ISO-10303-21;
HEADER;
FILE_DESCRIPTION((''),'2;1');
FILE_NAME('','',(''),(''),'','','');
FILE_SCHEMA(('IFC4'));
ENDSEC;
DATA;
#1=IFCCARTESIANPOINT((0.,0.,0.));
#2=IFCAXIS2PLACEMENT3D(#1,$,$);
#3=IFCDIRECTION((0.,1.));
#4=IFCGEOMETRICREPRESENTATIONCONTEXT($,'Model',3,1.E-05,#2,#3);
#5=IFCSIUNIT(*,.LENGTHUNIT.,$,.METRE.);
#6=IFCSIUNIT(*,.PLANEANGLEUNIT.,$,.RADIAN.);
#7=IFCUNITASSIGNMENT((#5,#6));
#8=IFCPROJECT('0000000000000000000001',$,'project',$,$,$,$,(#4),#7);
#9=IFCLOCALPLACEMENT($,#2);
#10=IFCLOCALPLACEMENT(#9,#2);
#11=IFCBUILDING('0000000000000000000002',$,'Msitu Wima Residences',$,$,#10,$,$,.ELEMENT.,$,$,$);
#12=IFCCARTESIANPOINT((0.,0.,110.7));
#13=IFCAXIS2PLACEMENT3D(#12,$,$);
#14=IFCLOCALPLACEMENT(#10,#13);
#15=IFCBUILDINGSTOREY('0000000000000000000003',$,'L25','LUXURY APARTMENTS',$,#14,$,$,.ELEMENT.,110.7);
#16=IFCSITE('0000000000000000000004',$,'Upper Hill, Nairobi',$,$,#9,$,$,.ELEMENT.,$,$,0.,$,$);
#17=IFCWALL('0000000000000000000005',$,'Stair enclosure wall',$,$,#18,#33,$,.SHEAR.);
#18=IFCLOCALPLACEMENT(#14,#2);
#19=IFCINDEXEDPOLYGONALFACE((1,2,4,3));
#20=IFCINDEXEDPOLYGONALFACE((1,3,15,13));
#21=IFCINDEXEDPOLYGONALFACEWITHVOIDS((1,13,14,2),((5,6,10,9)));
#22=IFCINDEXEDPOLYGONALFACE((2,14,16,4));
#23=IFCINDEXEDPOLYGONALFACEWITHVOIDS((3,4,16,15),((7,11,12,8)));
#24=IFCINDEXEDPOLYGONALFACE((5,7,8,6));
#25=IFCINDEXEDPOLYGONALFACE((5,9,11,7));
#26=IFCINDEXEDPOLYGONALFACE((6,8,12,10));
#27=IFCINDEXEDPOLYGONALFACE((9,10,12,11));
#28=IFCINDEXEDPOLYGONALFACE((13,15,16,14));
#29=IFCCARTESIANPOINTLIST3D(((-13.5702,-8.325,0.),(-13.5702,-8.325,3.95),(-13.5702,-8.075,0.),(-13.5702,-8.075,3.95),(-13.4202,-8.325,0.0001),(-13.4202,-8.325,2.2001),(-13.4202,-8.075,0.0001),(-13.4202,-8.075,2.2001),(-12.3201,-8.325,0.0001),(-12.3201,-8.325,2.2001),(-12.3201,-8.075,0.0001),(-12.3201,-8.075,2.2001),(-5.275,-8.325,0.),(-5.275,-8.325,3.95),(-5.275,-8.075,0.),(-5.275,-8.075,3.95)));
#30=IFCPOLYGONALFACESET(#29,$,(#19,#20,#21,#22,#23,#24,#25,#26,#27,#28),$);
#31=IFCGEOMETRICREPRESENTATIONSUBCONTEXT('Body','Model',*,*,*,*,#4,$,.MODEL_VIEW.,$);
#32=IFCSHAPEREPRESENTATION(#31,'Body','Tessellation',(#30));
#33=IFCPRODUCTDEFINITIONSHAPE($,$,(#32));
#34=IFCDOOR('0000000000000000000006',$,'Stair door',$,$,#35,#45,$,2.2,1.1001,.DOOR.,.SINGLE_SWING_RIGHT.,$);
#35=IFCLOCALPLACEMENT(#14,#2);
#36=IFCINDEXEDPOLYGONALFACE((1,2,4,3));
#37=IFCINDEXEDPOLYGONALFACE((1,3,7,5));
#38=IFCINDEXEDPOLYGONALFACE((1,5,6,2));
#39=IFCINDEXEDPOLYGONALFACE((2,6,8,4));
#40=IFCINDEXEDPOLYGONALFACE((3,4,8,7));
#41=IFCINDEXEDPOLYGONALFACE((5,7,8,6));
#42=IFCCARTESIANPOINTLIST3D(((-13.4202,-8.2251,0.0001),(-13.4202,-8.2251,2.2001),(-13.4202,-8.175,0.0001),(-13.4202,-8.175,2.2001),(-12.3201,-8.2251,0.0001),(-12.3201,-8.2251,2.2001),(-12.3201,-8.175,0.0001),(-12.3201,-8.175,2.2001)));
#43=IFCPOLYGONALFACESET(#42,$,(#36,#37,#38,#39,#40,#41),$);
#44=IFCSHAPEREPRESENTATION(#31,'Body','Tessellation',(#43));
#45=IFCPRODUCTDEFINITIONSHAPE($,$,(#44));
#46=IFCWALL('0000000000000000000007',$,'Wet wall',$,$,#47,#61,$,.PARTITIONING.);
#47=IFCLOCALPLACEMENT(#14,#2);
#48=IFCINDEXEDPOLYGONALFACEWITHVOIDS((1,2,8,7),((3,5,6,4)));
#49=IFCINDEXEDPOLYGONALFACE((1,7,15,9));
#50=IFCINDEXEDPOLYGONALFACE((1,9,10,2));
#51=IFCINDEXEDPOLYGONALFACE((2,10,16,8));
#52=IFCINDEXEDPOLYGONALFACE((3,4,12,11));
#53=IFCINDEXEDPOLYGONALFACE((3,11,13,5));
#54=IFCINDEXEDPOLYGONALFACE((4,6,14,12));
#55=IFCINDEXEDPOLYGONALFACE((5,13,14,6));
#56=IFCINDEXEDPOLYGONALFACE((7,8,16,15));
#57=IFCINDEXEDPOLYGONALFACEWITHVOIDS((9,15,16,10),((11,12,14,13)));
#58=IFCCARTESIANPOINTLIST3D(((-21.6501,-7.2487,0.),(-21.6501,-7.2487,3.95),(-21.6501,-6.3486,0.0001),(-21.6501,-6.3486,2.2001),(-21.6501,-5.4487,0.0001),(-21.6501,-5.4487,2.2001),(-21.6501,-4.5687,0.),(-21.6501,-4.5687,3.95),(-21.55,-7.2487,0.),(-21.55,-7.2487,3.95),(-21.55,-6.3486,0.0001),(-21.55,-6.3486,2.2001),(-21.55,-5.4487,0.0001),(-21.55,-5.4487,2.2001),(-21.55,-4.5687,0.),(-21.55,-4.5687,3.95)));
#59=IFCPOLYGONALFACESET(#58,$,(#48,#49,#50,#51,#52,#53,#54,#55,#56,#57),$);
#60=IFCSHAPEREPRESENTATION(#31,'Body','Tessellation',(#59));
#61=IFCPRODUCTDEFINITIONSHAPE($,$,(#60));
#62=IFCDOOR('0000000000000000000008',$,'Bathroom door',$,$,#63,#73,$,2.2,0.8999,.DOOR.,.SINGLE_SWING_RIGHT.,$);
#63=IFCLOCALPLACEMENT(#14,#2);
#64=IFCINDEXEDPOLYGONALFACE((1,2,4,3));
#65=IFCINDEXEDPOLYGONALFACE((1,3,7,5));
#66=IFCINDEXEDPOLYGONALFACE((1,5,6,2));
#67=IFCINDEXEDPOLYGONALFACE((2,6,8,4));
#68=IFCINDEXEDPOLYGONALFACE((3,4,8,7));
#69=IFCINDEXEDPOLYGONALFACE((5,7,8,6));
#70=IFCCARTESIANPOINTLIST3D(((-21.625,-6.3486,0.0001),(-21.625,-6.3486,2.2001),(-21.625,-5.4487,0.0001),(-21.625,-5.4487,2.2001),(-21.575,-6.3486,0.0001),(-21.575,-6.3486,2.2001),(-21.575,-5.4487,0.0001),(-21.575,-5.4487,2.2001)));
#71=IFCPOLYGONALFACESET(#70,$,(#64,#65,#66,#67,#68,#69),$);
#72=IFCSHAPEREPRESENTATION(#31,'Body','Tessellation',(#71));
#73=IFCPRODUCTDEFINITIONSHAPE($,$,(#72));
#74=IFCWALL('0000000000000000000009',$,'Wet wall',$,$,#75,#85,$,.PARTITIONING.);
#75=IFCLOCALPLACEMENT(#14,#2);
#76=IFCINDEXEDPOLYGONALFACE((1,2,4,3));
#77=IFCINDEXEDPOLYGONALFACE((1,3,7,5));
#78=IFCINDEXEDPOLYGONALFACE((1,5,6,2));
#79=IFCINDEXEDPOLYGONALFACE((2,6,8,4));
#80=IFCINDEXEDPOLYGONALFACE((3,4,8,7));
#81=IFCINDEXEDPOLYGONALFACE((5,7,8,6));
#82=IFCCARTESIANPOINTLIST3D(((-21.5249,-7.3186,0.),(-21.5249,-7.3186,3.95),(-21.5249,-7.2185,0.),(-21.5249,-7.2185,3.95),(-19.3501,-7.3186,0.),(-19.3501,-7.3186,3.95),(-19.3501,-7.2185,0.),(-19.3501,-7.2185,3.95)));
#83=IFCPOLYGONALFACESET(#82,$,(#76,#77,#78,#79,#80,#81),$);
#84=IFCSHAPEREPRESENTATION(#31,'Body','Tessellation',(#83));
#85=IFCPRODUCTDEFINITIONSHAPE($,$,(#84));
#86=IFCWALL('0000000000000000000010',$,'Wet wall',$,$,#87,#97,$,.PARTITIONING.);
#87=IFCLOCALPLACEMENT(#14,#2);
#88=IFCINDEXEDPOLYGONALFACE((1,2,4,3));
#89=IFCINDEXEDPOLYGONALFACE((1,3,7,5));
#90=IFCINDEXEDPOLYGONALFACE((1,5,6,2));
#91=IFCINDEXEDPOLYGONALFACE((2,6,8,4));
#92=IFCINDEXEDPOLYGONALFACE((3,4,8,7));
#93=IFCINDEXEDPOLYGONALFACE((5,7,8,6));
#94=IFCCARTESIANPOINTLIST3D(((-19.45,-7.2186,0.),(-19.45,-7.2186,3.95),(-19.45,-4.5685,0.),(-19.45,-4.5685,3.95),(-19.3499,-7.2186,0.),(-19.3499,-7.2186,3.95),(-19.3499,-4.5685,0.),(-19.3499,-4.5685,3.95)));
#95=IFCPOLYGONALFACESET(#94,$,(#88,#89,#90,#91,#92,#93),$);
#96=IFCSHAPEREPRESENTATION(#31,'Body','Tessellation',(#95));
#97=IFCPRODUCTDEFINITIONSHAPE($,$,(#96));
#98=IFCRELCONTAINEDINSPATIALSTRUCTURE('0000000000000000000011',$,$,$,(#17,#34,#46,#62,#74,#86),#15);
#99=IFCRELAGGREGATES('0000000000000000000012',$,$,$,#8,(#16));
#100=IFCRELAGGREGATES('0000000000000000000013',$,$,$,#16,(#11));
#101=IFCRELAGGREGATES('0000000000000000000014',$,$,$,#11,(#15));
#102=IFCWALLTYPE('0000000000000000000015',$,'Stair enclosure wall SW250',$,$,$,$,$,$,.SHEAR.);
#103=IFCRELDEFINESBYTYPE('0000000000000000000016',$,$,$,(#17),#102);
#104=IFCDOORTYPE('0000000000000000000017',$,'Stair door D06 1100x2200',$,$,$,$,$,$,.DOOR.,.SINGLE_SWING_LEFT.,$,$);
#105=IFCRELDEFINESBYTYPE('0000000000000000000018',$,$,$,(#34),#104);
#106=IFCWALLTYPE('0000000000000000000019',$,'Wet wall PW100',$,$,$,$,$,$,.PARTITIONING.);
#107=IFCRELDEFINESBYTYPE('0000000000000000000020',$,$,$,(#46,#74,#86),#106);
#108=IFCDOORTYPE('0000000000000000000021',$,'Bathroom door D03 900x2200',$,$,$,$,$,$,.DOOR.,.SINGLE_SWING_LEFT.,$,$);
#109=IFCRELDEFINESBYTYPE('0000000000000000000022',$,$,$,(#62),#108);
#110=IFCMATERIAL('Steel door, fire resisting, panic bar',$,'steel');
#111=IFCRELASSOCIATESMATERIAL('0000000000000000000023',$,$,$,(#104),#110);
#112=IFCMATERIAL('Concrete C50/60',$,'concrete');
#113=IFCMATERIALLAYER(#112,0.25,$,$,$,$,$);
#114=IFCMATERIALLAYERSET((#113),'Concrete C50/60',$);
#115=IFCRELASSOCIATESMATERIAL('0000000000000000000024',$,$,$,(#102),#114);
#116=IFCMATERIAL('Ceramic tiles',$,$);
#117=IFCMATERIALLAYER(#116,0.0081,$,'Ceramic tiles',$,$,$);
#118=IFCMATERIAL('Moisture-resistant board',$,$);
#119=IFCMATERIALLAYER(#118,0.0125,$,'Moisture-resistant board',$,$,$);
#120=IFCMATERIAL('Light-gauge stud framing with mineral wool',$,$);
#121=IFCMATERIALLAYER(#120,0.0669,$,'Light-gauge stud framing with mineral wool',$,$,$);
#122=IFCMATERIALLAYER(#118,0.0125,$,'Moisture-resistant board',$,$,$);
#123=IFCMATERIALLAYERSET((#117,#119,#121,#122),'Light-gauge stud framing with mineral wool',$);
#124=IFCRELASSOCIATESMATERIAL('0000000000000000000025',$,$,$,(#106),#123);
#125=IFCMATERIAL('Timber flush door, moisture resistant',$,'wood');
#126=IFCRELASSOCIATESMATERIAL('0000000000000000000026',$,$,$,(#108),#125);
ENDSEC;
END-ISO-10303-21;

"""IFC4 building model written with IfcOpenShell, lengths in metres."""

from ifc_helpers import new_model, si_unit, direction, frame, frame_2d, origin, place, context, subcontext, project, spatial, rectangle, extrude, material, layer, layer_set, type_object, element, fill, save


model = new_model("IFC4")

# Units and contexts
model_context = context("Model", 3, precision=1e-05, world=origin(), true_north=direction((0.0, 1.0)))
body_context = subcontext(model_context, "Body", "Model", "MODEL_VIEW")
ifc_project = project(units=[si_unit("LENGTHUNIT", "METRE"), si_unit("PLANEANGLEUNIT", "RADIAN")], contexts=[model_context])

# Site, building, storey
site_placement = place(None, origin())
site = spatial("IfcSite", under=ifc_project, at=site_placement, Name="Upper Hill, Nairobi", CompositionType="ELEMENT", RefElevation=0.0)
building_placement = place(site_placement, origin())
building = spatial("IfcBuilding", under=site, at=building_placement, Name="Msitu Wima Residences", CompositionType="ELEMENT")
storey_placement = place(building_placement, frame((0.0, 0.0, 110.7)))
storey = spatial("IfcBuildingStorey", under=building, at=storey_placement, Name="L25", Description="LUXURY APARTMENTS", CompositionType="ELEMENT", Elevation=110.7)

# Shared definitions
ifc_material_1 = material(Name="Concrete C50/60", Category="concrete")

# Shared definitions
ifc_material_2 = material(Name="Steel door, fire resisting, panic bar", Category="steel")
door_type_1 = type_object("IfcDoorType", Name="Stair door D06 1100x2200", OperationType="SINGLE_SWING_LEFT", PredefinedType="DOOR", material=ifc_material_2)

# Walls, openings, doors
ifc_layer_1 = layer(ifc_material_1, 0.25)
ifc_layer_set_1 = layer_set([ifc_layer_1], Name="Concrete C50/60")
wall_type_1 = type_object("IfcWallType", Name="Stair enclosure wall SW250", PredefinedType="SHEAR", material=ifc_layer_set_1)
wall_1_placement = place(storey_placement, frame((-13.5701, -8.2, 0.0), z_axis=(0.0, 0.0, 1.0), x_axis=(1.0, 0.0, 0.0)))
wall_1 = element("IfcWall", 1, at=wall_1_placement, inside=storey, type_object=wall_type_1, Name="Stair enclosure wall", PredefinedType="SHEAR", context=body_context, shape_type="SweptSolid", body=[
    extrude(rectangle(XDim=8.2952, YDim=0.25, at=frame_2d((4.1475, 0.0))), origin(), (0.0, 0.0, 1.0), 3.95),
])
opening_1_placement = place(wall_1_placement, frame((0.1499, 0.0, 0.0)))
opening_1 = element("IfcOpeningElement", 2, at=opening_1_placement, cuts=wall_1, PredefinedType="OPENING", context=body_context, shape_type="SweptSolid", body=[
    extrude(rectangle(XDim=1.1001, YDim=2.2, at=frame_2d((0.55, 1.1001))), frame((0.0, 0.135, 0.0), z_axis=(0.0, -1.0, 0.0), x_axis=(1.0, 0.0, 0.0)), (0.0, 0.0, 1.0), 0.27),
])
door_1_placement = place(opening_1_placement, origin())
door_1 = element("IfcDoor", 3, at=door_1_placement, inside=storey, type_object=door_type_1, Name="Stair door", OperationType="SINGLE_SWING_RIGHT", OverallHeight=2.2, OverallWidth=1.1001, PredefinedType="DOOR", context=body_context, shape_type="SweptSolid", body=[
    extrude(rectangle(XDim=1.1001, YDim=2.2, at=frame_2d((0.55, 1.1001))), frame((0.0, 0.0249, 0.0), z_axis=(0.0, -1.0, 0.0), x_axis=(1.0, 0.0, 0.0)), (0.0, 0.0, 1.0), 0.05),
])
fill(opening_1, door_1)
ifc_material_3 = material(Name="Ceramic tiles")
ifc_layer_2 = layer(ifc_material_3, 0.0081, Name="Ceramic tiles")
ifc_material_4 = material(Name="Moisture-resistant board")
ifc_layer_3 = layer(ifc_material_4, 0.0125, Name="Moisture-resistant board")
ifc_material_5 = material(Name="Light-gauge stud framing with mineral wool")
ifc_layer_4 = layer(ifc_material_5, 0.0669, Name="Light-gauge stud framing with mineral wool")
ifc_layer_5 = layer(ifc_material_4, 0.0125, Name="Moisture-resistant board")
ifc_layer_set_2 = layer_set([ifc_layer_2, ifc_layer_3, ifc_layer_4, ifc_layer_5], Name="Light-gauge stud framing with mineral wool")
wall_type_2 = type_object("IfcWallType", Name="Wet wall PW100", PredefinedType="PARTITIONING", material=ifc_layer_set_2)
wall_2_placement = place(storey_placement, frame((-21.6001, -7.2485, 0.0), z_axis=(0.0, 0.0, 1.0), x_axis=(0.0, 1.0, 0.0)))
wall_2 = element("IfcWall", 4, at=wall_2_placement, inside=storey, type_object=wall_type_2, Name="Wet wall", PredefinedType="PARTITIONING", context=body_context, shape_type="SweptSolid", body=[
    extrude(rectangle(XDim=2.6799, YDim=0.1001, at=frame_2d((1.3398, 0.0))), origin(), (0.0, 0.0, 1.0), 3.95),
])
opening_2_placement = place(wall_2_placement, frame((0.8999, 0.0, 0.0)))
opening_2 = element("IfcOpeningElement", 5, at=opening_2_placement, cuts=wall_2, PredefinedType="OPENING", context=body_context, shape_type="SweptSolid", body=[
    extrude(rectangle(XDim=0.8999, YDim=2.2, at=frame_2d((0.45, 1.1001))), frame((0.0, 0.0601, 0.0), z_axis=(0.0, -1.0, 0.0), x_axis=(1.0, 0.0, 0.0)), (0.0, 0.0, 1.0), 0.1201),
])
ifc_material_6 = material(Name="Timber flush door, moisture resistant", Category="wood")
door_type_2 = type_object("IfcDoorType", Name="Bathroom door D03 900x2200", OperationType="SINGLE_SWING_LEFT", PredefinedType="DOOR", material=ifc_material_6)
door_2_placement = place(opening_2_placement, origin())
door_2 = element("IfcDoor", 6, at=door_2_placement, inside=storey, type_object=door_type_2, Name="Bathroom door", OperationType="SINGLE_SWING_RIGHT", OverallHeight=2.2, OverallWidth=0.8999, PredefinedType="DOOR", context=body_context, shape_type="SweptSolid", body=[
    extrude(rectangle(XDim=0.8999, YDim=2.2, at=frame_2d((0.45, 1.1001))), frame((0.0, 0.0249, 0.0), z_axis=(0.0, -1.0, 0.0), x_axis=(1.0, 0.0, 0.0)), (0.0, 0.0, 1.0), 0.05),
])
fill(opening_2, door_2)

# Walls
wall_3_placement = place(storey_placement, frame((-21.5249, -7.2686, 0.0), z_axis=(0.0, 0.0, 1.0), x_axis=(1.0, 0.0, 0.0)))
element("IfcWall", 7, at=wall_3_placement, inside=storey, type_object=wall_type_2, Name="Wet wall", PredefinedType="PARTITIONING", context=body_context, shape_type="SweptSolid", body=[
    extrude(rectangle(XDim=2.1748, YDim=0.1001, at=frame_2d((1.0874, 0.0))), origin(), (0.0, 0.0, 1.0), 3.95),
])
wall_4_placement = place(storey_placement, frame((-19.3999, -7.2188, 0.0), z_axis=(0.0, 0.0, 1.0), x_axis=(0.0, 1.0, 0.0)))
element("IfcWall", 8, at=wall_4_placement, inside=storey, type_object=wall_type_2, Name="Wet wall", PredefinedType="PARTITIONING", context=body_context, shape_type="SweptSolid", body=[
    extrude(rectangle(XDim=2.6501, YDim=0.1001, at=frame_2d((1.3252, 0.0))), origin(), (0.0, 0.0, 1.0), 3.95),
])

save(model, "model.ifc")
